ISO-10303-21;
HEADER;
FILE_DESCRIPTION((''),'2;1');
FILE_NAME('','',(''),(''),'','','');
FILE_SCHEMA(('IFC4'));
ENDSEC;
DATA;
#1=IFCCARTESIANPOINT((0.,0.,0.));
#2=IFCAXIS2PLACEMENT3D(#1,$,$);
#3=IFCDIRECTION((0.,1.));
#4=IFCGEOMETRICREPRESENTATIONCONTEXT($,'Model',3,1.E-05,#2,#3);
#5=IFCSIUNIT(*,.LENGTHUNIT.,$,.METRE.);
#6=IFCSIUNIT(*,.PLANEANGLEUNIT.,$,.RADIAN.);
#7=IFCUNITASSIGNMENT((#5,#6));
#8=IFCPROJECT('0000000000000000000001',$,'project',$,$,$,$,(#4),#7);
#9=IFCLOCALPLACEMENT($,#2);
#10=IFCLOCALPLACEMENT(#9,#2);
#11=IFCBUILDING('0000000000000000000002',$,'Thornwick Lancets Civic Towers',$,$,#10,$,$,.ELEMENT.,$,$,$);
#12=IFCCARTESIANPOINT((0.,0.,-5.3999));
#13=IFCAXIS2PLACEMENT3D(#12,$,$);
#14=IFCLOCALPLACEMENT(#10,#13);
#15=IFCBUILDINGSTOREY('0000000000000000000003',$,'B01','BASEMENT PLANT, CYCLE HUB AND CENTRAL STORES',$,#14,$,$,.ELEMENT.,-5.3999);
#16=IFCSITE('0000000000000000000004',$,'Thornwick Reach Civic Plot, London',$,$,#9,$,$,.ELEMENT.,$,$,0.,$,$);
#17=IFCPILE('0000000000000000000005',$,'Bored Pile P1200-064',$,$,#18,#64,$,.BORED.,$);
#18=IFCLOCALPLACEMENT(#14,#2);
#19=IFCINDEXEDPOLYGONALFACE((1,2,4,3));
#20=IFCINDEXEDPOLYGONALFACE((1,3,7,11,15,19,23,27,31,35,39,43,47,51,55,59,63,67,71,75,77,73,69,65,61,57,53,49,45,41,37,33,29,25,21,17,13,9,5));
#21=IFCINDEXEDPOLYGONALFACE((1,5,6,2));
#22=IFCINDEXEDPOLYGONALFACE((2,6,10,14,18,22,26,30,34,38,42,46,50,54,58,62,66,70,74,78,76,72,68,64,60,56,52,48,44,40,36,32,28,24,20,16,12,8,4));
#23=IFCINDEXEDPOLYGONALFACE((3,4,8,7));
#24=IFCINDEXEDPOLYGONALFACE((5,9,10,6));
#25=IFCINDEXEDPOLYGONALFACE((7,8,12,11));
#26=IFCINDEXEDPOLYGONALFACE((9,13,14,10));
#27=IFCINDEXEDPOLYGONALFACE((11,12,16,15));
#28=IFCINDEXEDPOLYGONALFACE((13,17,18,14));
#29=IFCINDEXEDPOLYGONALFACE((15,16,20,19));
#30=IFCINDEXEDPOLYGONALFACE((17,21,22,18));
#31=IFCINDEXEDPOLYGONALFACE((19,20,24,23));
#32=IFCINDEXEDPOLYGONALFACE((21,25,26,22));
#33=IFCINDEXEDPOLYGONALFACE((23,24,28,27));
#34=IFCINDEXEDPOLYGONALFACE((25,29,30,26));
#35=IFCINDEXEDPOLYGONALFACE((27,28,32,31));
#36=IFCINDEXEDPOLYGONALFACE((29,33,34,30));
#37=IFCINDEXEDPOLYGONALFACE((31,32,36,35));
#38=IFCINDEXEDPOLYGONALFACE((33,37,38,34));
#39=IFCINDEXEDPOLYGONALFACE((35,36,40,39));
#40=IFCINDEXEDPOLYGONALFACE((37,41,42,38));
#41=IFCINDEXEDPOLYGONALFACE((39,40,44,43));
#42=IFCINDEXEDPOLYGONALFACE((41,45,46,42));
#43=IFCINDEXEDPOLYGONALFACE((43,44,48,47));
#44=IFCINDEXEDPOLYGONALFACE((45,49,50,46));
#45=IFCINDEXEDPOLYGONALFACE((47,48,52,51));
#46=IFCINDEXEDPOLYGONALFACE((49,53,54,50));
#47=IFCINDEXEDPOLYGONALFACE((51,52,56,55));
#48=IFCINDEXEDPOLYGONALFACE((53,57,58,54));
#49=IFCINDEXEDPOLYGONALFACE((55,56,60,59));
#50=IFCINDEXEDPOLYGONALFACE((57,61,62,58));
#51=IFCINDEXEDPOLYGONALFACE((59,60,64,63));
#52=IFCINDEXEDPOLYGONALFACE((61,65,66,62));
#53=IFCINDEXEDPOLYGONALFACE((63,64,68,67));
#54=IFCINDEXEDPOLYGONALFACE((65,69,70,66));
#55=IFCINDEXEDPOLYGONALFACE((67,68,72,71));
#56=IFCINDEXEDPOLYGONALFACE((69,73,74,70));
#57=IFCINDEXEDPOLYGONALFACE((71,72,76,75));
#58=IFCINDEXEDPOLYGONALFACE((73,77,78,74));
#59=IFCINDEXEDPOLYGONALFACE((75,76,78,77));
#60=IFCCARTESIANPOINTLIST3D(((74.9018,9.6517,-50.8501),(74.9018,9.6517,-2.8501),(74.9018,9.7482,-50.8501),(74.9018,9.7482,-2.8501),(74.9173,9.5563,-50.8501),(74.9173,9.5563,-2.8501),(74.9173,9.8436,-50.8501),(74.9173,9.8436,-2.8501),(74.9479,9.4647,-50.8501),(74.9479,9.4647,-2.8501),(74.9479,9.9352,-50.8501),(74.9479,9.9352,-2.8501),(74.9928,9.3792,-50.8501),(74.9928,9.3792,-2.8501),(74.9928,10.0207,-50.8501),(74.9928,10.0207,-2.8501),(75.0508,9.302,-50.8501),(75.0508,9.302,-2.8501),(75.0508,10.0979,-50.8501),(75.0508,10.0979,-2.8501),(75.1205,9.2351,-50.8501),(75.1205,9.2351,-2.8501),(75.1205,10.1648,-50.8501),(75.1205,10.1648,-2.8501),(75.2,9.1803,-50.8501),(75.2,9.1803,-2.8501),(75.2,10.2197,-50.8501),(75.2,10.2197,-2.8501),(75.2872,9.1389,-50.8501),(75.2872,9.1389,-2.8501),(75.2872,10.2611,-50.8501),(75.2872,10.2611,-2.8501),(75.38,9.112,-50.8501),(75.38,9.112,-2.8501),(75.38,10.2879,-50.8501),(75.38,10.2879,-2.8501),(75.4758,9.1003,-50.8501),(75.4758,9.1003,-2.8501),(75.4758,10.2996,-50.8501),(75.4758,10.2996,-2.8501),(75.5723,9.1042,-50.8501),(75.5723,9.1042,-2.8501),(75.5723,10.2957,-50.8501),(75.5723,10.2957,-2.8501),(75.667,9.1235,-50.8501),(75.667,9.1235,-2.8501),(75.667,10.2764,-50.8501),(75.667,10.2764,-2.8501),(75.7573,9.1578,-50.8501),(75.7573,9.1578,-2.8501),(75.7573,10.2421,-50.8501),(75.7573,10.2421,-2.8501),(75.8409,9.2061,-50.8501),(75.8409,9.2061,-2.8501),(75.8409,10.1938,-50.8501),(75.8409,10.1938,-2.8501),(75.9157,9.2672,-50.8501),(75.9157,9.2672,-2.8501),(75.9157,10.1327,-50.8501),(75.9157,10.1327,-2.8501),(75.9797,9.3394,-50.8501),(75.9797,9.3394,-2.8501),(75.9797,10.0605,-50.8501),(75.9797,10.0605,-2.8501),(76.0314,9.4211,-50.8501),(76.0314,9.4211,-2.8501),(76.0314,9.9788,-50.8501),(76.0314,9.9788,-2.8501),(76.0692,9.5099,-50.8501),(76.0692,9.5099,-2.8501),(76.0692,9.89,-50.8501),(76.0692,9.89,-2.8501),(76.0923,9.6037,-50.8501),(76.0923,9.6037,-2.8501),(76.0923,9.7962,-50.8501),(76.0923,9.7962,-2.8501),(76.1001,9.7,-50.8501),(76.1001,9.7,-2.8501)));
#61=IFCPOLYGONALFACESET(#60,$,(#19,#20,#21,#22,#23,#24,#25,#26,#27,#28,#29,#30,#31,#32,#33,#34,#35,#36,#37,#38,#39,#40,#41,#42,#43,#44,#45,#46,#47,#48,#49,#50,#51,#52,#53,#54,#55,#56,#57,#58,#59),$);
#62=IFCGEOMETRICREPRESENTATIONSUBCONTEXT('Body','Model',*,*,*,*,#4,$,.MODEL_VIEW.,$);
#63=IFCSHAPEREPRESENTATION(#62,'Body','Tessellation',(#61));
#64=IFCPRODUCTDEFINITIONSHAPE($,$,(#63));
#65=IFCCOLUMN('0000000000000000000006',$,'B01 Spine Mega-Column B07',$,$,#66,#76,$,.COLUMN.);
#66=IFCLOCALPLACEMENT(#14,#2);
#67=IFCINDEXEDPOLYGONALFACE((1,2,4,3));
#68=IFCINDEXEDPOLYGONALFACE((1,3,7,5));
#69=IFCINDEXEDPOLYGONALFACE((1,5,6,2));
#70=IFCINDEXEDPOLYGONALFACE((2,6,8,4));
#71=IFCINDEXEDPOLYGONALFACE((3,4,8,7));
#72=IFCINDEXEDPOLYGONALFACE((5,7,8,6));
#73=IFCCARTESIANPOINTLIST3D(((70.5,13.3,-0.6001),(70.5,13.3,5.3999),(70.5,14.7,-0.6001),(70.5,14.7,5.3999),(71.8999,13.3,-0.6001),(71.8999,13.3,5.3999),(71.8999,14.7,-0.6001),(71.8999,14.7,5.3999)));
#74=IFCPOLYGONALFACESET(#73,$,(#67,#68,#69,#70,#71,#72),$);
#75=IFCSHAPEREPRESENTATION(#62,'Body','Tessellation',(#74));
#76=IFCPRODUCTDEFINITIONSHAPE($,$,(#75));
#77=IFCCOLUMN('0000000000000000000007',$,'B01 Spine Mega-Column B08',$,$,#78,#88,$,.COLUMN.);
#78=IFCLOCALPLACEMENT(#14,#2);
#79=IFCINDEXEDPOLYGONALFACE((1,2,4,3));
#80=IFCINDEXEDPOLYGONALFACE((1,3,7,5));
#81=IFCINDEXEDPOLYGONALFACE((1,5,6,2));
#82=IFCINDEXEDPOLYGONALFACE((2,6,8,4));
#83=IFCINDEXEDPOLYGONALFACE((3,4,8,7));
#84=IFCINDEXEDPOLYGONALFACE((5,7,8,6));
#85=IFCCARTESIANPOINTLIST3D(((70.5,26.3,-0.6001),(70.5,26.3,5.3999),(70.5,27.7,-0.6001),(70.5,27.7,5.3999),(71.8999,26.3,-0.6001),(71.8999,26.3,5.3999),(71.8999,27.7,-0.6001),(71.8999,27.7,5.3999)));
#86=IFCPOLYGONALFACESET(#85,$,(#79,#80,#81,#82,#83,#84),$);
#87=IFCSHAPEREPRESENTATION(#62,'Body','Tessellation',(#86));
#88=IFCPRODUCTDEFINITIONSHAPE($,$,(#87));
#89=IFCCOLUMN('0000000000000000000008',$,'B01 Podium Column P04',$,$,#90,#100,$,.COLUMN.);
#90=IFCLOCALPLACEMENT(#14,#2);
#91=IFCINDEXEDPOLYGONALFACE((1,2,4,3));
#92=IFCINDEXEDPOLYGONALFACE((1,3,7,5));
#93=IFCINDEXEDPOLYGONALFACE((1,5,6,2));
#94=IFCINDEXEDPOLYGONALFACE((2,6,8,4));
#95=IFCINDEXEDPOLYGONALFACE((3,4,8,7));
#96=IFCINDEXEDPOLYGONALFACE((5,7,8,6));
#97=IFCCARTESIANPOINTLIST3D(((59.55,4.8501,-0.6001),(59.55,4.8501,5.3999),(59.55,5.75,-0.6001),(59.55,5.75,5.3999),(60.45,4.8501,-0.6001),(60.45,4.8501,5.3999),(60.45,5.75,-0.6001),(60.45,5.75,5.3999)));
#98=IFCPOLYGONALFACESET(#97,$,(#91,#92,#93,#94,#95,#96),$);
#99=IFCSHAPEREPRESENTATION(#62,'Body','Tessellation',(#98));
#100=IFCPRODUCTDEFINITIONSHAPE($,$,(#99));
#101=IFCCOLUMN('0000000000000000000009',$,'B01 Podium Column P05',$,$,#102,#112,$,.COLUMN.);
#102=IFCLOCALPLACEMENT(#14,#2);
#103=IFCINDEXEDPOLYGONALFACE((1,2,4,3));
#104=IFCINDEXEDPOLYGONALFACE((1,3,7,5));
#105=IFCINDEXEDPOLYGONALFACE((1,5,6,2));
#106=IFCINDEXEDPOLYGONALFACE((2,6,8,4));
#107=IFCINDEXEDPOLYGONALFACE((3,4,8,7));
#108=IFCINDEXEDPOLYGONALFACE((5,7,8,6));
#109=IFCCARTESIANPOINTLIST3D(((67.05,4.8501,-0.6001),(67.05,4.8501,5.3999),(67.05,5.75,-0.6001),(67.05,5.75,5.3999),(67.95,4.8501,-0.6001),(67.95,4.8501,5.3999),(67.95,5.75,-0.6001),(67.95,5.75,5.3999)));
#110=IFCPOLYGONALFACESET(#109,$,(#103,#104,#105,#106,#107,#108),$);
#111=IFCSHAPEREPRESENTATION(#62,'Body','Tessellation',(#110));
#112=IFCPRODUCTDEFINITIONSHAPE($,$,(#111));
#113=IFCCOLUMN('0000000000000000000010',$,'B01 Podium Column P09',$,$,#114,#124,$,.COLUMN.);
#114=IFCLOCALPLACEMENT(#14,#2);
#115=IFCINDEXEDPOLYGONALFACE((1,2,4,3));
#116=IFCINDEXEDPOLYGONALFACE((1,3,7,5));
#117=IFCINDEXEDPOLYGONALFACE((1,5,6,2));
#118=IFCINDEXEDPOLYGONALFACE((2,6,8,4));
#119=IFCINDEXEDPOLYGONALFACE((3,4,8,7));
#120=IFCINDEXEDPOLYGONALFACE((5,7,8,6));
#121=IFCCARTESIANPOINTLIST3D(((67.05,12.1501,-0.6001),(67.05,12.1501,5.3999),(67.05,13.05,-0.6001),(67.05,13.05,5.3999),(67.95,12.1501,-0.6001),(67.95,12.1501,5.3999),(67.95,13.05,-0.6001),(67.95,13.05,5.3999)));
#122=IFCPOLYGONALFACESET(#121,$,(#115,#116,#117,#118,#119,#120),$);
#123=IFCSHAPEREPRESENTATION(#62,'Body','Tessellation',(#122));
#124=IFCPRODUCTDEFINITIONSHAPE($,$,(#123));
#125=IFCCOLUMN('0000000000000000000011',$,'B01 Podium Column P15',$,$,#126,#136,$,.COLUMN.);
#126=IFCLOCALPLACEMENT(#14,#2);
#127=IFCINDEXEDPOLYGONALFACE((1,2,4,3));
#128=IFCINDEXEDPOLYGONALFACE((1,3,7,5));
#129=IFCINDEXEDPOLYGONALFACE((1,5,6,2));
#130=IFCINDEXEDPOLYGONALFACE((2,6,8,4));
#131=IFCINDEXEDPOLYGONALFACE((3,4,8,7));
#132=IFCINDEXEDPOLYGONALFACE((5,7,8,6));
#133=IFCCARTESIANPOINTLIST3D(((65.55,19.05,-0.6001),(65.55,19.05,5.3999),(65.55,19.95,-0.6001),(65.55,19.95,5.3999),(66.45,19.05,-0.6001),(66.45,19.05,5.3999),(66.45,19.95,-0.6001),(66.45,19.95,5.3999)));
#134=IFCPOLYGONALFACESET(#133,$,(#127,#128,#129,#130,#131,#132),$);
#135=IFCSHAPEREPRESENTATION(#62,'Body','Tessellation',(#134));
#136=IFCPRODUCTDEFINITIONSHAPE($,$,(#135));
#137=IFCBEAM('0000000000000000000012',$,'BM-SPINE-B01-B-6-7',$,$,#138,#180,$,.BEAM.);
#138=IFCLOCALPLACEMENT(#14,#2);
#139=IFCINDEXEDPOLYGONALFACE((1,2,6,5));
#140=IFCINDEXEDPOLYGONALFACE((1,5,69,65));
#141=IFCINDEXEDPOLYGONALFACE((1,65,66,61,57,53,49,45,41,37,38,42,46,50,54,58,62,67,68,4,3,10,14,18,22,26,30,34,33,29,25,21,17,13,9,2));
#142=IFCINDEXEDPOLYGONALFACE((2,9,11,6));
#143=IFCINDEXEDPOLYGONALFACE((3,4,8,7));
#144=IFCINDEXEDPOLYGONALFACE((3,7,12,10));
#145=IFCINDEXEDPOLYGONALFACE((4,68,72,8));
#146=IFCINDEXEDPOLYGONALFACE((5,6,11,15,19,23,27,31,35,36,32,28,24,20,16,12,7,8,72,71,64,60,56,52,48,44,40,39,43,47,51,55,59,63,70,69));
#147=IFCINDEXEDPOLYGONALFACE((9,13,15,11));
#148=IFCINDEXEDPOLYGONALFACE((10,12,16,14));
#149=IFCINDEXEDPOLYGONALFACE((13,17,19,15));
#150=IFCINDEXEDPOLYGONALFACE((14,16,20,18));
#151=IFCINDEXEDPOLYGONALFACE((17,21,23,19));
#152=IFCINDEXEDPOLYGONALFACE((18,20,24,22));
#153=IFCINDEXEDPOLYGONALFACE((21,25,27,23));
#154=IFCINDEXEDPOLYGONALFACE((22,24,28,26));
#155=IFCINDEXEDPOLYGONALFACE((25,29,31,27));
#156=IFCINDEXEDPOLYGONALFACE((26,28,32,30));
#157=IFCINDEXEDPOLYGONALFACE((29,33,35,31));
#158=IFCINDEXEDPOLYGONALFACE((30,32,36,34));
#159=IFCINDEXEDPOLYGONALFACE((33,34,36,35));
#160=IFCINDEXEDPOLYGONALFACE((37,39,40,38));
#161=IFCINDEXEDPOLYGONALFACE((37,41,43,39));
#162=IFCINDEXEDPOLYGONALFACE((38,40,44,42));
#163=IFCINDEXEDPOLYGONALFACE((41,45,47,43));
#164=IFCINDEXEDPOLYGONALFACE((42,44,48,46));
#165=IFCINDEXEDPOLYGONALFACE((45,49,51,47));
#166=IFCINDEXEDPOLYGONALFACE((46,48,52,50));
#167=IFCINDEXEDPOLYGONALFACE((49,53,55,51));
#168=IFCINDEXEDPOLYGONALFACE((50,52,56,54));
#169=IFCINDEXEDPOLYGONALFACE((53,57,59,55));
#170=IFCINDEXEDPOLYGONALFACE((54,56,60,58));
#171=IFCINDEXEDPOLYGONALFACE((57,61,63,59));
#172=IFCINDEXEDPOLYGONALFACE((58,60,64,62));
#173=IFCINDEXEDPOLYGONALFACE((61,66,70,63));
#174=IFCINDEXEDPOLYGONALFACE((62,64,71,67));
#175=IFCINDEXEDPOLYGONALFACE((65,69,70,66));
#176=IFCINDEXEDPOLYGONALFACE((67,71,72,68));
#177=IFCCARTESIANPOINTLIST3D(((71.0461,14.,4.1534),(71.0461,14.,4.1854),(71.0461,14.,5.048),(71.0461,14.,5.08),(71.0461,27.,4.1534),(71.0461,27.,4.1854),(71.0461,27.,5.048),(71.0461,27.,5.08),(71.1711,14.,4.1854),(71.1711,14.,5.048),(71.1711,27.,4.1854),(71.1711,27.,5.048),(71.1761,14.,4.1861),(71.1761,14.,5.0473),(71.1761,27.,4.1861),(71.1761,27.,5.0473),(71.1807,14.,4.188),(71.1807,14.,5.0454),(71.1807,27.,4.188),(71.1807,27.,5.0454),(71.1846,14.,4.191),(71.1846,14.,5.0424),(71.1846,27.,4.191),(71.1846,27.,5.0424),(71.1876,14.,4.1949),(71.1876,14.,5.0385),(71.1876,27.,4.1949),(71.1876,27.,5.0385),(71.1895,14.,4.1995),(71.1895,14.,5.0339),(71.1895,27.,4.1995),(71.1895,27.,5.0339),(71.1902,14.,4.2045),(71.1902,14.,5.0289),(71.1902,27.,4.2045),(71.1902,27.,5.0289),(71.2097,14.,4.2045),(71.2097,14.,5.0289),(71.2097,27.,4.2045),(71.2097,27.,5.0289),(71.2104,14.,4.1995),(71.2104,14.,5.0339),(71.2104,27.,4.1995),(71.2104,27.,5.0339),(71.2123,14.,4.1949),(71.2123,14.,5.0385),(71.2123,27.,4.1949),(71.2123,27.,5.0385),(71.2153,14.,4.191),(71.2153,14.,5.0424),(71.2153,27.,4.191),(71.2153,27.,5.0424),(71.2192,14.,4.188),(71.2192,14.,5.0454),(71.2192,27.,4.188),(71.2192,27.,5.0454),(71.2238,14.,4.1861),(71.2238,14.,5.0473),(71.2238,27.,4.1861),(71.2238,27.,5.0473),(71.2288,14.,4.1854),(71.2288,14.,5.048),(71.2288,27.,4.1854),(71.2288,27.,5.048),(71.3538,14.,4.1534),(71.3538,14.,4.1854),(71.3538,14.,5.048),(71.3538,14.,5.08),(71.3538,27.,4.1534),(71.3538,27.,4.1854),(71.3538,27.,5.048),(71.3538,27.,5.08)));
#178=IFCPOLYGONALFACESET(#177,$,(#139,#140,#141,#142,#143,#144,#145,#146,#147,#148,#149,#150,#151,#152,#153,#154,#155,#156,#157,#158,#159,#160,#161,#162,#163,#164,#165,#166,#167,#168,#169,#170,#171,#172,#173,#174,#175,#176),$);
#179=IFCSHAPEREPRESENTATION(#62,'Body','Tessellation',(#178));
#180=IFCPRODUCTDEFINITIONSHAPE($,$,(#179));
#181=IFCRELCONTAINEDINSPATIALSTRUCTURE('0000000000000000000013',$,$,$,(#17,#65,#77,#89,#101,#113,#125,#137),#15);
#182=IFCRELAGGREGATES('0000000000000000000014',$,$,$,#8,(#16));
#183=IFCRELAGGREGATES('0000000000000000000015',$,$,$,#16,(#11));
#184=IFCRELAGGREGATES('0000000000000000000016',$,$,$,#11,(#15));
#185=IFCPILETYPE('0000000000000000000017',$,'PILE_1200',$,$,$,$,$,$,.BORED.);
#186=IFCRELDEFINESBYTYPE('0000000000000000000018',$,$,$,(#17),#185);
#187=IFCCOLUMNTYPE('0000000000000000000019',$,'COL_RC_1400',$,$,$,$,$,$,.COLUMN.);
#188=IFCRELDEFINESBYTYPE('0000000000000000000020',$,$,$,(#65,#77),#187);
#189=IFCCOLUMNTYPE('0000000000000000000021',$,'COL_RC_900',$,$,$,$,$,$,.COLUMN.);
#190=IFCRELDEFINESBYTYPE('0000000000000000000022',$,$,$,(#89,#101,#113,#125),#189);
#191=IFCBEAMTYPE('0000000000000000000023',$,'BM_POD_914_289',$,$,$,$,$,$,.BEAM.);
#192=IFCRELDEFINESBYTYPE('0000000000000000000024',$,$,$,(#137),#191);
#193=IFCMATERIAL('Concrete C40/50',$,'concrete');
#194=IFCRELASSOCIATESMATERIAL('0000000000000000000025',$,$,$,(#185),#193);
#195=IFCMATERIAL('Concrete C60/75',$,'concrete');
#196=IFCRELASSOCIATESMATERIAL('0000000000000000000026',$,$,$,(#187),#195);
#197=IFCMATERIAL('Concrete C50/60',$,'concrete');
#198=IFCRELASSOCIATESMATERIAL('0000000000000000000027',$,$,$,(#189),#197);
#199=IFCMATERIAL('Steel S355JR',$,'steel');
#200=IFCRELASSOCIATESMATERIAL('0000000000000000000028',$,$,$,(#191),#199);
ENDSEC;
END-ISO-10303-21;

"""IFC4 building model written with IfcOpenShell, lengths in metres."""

from ifc_helpers import new_model, si_unit, direction, frame, origin, origin_2d, place, context, subcontext, project, spatial, rectangle, circle, i_section, extrude, material, material_profile, profile_set, type_object, element, save


model = new_model("IFC4")

# Units and contexts
model_context = context("Model", 3, precision=1e-05, world=origin(), true_north=direction((0.0, 1.0)))
body_context = subcontext(model_context, "Body", "Model", "MODEL_VIEW")
ifc_project = project(units=[si_unit("LENGTHUNIT", "METRE"), si_unit("PLANEANGLEUNIT", "RADIAN")], contexts=[model_context])

# Site, building, storey
site_placement = place(None, origin())
site = spatial("IfcSite", under=ifc_project, at=site_placement, Name="Thornwick Reach Civic Plot, London", CompositionType="ELEMENT", RefElevation=0.0)
building_placement = place(site_placement, origin())
building = spatial("IfcBuilding", under=site, at=building_placement, Name="Thornwick Lancets Civic Towers", CompositionType="ELEMENT")
storey_placement = place(building_placement, frame((0.0, 0.0, -5.3999)))
storey = spatial("IfcBuildingStorey", under=building, at=storey_placement, Name="B01", Description="BASEMENT PLANT, CYCLE HUB AND CENTRAL STORES", CompositionType="ELEMENT", Elevation=-5.3999)

# Shared definitions
ifc_material_1 = material(Name="Concrete C40/50", Category="concrete")

# Pile
ifc_material_profile_1 = material_profile(ifc_material_1, circle(Radius=0.6001, at=origin_2d()), Name="PILE D1200")
ifc_profile_set_1 = profile_set([ifc_material_profile_1], Name="Concrete C40/50")
pile_type_1 = type_object("IfcPileType", Name="PILE_1200", PredefinedType="BORED", material=ifc_profile_set_1)
for number, where, z_axis, x_axis, name in (
    (1, (75.5, 9.7, -2.8501), (0.0, 0.0, -1.0), (1.0, 0.0, 0.0), "Bored Pile P1200-064"),
):
    element("IfcPile", number, at=place(storey_placement, frame(where, z_axis=z_axis, x_axis=x_axis)), inside=storey, type_object=pile_type_1, Name=name, PredefinedType="BORED", context=body_context, shape_type="SweptSolid", body=[
        extrude(circle(Radius=0.6001, at=origin_2d()), origin(), (0.0, 0.0, 1.0), 48.0),
    ])

# Columns
ifc_material_2 = material(Name="Concrete C60/75", Category="concrete")
ifc_material_profile_2 = material_profile(ifc_material_2, rectangle(XDim=1.3999, YDim=1.3999, at=origin_2d()), Name="RC 1400x1400")
ifc_profile_set_2 = profile_set([ifc_material_profile_2], Name="Concrete C60/75")
column_type_1 = type_object("IfcColumnType", Name="COL_RC_1400", PredefinedType="COLUMN", material=ifc_profile_set_2)
for number, where, z_axis, x_axis, name in (
    (2, (71.2, 14.0, -0.6001), (0.0, 0.0, 1.0), (1.0, 0.0, 0.0), "B01 Spine Mega-Column B07"),
    (3, (71.2, 27.0, -0.6001), (0.0, 0.0, 1.0), (1.0, 0.0, 0.0), "B01 Spine Mega-Column B08"),
):
    element("IfcColumn", number, at=place(storey_placement, frame(where, z_axis=z_axis, x_axis=x_axis)), inside=storey, type_object=column_type_1, Name=name, PredefinedType="COLUMN", context=body_context, shape_type="SweptSolid", body=[
        extrude(rectangle(XDim=1.3999, YDim=1.3999, at=origin_2d()), origin(), (0.0, 0.0, 1.0), 6.0),
    ])
ifc_material_3 = material(Name="Concrete C50/60", Category="concrete")
ifc_material_profile_3 = material_profile(ifc_material_3, rectangle(XDim=0.8999, YDim=0.8999, at=origin_2d()), Name="RC 900x900")
ifc_profile_set_3 = profile_set([ifc_material_profile_3], Name="Concrete C50/60")
column_type_2 = type_object("IfcColumnType", Name="COL_RC_900", PredefinedType="COLUMN", material=ifc_profile_set_3)
for number, where, z_axis, x_axis, name in (
    (4, (60.0, 5.3, -0.6001), (0.0, 0.0, 1.0), (1.0, 0.0, 0.0), "B01 Podium Column P04"),
    (5, (67.5, 5.3, -0.6001), (0.0, 0.0, 1.0), (1.0, 0.0, 0.0), "B01 Podium Column P05"),
    (6, (67.5, 12.6001, -0.6001), (0.0, 0.0, 1.0), (1.0, 0.0, 0.0), "B01 Podium Column P09"),
    (7, (66.0, 19.5, -0.6001), (0.0, 0.0, 1.0), (1.0, 0.0, 0.0), "B01 Podium Column P15"),
):
    element("IfcColumn", number, at=place(storey_placement, frame(where, z_axis=z_axis, x_axis=x_axis)), inside=storey, type_object=column_type_2, Name=name, PredefinedType="COLUMN", context=body_context, shape_type="SweptSolid", body=[
        extrude(rectangle(XDim=0.8999, YDim=0.8999, at=origin_2d()), origin(), (0.0, 0.0, 1.0), 6.0),
    ])

# Beam
ifc_material_4 = material(Name="Steel S355JR", Category="steel")
ifc_material_profile_4 = material_profile(ifc_material_4, i_section(OverallWidth=0.3076, OverallDepth=0.9265, WebThickness=0.0195, FlangeThickness=0.032, FilletRadius=0.019, at=origin_2d()), Name="UKB 914x305x289")
ifc_profile_set_4 = profile_set([ifc_material_profile_4], Name="Steel S355JR")
beam_type = type_object("IfcBeamType", Name="BM_POD_914_289", PredefinedType="BEAM", material=ifc_profile_set_4)
beam_1_placement = place(storey_placement, frame((71.2, 14.0, 4.6167), z_axis=(0.0, 1.0, 0.0), x_axis=(-1.0, 0.0, 0.0)))
element("IfcBeam", 8, at=beam_1_placement, inside=storey, type_object=beam_type, Name="BM-SPINE-B01-B-6-7", PredefinedType="BEAM", context=body_context, shape_type="SweptSolid", body=[
    extrude(i_section(OverallWidth=0.3076, OverallDepth=0.9265, WebThickness=0.0195, FlangeThickness=0.032, FilletRadius=0.019, at=origin_2d()), origin(), (0.0, 0.0, 1.0), 13.0),
])

save(model, "model.ifc")
